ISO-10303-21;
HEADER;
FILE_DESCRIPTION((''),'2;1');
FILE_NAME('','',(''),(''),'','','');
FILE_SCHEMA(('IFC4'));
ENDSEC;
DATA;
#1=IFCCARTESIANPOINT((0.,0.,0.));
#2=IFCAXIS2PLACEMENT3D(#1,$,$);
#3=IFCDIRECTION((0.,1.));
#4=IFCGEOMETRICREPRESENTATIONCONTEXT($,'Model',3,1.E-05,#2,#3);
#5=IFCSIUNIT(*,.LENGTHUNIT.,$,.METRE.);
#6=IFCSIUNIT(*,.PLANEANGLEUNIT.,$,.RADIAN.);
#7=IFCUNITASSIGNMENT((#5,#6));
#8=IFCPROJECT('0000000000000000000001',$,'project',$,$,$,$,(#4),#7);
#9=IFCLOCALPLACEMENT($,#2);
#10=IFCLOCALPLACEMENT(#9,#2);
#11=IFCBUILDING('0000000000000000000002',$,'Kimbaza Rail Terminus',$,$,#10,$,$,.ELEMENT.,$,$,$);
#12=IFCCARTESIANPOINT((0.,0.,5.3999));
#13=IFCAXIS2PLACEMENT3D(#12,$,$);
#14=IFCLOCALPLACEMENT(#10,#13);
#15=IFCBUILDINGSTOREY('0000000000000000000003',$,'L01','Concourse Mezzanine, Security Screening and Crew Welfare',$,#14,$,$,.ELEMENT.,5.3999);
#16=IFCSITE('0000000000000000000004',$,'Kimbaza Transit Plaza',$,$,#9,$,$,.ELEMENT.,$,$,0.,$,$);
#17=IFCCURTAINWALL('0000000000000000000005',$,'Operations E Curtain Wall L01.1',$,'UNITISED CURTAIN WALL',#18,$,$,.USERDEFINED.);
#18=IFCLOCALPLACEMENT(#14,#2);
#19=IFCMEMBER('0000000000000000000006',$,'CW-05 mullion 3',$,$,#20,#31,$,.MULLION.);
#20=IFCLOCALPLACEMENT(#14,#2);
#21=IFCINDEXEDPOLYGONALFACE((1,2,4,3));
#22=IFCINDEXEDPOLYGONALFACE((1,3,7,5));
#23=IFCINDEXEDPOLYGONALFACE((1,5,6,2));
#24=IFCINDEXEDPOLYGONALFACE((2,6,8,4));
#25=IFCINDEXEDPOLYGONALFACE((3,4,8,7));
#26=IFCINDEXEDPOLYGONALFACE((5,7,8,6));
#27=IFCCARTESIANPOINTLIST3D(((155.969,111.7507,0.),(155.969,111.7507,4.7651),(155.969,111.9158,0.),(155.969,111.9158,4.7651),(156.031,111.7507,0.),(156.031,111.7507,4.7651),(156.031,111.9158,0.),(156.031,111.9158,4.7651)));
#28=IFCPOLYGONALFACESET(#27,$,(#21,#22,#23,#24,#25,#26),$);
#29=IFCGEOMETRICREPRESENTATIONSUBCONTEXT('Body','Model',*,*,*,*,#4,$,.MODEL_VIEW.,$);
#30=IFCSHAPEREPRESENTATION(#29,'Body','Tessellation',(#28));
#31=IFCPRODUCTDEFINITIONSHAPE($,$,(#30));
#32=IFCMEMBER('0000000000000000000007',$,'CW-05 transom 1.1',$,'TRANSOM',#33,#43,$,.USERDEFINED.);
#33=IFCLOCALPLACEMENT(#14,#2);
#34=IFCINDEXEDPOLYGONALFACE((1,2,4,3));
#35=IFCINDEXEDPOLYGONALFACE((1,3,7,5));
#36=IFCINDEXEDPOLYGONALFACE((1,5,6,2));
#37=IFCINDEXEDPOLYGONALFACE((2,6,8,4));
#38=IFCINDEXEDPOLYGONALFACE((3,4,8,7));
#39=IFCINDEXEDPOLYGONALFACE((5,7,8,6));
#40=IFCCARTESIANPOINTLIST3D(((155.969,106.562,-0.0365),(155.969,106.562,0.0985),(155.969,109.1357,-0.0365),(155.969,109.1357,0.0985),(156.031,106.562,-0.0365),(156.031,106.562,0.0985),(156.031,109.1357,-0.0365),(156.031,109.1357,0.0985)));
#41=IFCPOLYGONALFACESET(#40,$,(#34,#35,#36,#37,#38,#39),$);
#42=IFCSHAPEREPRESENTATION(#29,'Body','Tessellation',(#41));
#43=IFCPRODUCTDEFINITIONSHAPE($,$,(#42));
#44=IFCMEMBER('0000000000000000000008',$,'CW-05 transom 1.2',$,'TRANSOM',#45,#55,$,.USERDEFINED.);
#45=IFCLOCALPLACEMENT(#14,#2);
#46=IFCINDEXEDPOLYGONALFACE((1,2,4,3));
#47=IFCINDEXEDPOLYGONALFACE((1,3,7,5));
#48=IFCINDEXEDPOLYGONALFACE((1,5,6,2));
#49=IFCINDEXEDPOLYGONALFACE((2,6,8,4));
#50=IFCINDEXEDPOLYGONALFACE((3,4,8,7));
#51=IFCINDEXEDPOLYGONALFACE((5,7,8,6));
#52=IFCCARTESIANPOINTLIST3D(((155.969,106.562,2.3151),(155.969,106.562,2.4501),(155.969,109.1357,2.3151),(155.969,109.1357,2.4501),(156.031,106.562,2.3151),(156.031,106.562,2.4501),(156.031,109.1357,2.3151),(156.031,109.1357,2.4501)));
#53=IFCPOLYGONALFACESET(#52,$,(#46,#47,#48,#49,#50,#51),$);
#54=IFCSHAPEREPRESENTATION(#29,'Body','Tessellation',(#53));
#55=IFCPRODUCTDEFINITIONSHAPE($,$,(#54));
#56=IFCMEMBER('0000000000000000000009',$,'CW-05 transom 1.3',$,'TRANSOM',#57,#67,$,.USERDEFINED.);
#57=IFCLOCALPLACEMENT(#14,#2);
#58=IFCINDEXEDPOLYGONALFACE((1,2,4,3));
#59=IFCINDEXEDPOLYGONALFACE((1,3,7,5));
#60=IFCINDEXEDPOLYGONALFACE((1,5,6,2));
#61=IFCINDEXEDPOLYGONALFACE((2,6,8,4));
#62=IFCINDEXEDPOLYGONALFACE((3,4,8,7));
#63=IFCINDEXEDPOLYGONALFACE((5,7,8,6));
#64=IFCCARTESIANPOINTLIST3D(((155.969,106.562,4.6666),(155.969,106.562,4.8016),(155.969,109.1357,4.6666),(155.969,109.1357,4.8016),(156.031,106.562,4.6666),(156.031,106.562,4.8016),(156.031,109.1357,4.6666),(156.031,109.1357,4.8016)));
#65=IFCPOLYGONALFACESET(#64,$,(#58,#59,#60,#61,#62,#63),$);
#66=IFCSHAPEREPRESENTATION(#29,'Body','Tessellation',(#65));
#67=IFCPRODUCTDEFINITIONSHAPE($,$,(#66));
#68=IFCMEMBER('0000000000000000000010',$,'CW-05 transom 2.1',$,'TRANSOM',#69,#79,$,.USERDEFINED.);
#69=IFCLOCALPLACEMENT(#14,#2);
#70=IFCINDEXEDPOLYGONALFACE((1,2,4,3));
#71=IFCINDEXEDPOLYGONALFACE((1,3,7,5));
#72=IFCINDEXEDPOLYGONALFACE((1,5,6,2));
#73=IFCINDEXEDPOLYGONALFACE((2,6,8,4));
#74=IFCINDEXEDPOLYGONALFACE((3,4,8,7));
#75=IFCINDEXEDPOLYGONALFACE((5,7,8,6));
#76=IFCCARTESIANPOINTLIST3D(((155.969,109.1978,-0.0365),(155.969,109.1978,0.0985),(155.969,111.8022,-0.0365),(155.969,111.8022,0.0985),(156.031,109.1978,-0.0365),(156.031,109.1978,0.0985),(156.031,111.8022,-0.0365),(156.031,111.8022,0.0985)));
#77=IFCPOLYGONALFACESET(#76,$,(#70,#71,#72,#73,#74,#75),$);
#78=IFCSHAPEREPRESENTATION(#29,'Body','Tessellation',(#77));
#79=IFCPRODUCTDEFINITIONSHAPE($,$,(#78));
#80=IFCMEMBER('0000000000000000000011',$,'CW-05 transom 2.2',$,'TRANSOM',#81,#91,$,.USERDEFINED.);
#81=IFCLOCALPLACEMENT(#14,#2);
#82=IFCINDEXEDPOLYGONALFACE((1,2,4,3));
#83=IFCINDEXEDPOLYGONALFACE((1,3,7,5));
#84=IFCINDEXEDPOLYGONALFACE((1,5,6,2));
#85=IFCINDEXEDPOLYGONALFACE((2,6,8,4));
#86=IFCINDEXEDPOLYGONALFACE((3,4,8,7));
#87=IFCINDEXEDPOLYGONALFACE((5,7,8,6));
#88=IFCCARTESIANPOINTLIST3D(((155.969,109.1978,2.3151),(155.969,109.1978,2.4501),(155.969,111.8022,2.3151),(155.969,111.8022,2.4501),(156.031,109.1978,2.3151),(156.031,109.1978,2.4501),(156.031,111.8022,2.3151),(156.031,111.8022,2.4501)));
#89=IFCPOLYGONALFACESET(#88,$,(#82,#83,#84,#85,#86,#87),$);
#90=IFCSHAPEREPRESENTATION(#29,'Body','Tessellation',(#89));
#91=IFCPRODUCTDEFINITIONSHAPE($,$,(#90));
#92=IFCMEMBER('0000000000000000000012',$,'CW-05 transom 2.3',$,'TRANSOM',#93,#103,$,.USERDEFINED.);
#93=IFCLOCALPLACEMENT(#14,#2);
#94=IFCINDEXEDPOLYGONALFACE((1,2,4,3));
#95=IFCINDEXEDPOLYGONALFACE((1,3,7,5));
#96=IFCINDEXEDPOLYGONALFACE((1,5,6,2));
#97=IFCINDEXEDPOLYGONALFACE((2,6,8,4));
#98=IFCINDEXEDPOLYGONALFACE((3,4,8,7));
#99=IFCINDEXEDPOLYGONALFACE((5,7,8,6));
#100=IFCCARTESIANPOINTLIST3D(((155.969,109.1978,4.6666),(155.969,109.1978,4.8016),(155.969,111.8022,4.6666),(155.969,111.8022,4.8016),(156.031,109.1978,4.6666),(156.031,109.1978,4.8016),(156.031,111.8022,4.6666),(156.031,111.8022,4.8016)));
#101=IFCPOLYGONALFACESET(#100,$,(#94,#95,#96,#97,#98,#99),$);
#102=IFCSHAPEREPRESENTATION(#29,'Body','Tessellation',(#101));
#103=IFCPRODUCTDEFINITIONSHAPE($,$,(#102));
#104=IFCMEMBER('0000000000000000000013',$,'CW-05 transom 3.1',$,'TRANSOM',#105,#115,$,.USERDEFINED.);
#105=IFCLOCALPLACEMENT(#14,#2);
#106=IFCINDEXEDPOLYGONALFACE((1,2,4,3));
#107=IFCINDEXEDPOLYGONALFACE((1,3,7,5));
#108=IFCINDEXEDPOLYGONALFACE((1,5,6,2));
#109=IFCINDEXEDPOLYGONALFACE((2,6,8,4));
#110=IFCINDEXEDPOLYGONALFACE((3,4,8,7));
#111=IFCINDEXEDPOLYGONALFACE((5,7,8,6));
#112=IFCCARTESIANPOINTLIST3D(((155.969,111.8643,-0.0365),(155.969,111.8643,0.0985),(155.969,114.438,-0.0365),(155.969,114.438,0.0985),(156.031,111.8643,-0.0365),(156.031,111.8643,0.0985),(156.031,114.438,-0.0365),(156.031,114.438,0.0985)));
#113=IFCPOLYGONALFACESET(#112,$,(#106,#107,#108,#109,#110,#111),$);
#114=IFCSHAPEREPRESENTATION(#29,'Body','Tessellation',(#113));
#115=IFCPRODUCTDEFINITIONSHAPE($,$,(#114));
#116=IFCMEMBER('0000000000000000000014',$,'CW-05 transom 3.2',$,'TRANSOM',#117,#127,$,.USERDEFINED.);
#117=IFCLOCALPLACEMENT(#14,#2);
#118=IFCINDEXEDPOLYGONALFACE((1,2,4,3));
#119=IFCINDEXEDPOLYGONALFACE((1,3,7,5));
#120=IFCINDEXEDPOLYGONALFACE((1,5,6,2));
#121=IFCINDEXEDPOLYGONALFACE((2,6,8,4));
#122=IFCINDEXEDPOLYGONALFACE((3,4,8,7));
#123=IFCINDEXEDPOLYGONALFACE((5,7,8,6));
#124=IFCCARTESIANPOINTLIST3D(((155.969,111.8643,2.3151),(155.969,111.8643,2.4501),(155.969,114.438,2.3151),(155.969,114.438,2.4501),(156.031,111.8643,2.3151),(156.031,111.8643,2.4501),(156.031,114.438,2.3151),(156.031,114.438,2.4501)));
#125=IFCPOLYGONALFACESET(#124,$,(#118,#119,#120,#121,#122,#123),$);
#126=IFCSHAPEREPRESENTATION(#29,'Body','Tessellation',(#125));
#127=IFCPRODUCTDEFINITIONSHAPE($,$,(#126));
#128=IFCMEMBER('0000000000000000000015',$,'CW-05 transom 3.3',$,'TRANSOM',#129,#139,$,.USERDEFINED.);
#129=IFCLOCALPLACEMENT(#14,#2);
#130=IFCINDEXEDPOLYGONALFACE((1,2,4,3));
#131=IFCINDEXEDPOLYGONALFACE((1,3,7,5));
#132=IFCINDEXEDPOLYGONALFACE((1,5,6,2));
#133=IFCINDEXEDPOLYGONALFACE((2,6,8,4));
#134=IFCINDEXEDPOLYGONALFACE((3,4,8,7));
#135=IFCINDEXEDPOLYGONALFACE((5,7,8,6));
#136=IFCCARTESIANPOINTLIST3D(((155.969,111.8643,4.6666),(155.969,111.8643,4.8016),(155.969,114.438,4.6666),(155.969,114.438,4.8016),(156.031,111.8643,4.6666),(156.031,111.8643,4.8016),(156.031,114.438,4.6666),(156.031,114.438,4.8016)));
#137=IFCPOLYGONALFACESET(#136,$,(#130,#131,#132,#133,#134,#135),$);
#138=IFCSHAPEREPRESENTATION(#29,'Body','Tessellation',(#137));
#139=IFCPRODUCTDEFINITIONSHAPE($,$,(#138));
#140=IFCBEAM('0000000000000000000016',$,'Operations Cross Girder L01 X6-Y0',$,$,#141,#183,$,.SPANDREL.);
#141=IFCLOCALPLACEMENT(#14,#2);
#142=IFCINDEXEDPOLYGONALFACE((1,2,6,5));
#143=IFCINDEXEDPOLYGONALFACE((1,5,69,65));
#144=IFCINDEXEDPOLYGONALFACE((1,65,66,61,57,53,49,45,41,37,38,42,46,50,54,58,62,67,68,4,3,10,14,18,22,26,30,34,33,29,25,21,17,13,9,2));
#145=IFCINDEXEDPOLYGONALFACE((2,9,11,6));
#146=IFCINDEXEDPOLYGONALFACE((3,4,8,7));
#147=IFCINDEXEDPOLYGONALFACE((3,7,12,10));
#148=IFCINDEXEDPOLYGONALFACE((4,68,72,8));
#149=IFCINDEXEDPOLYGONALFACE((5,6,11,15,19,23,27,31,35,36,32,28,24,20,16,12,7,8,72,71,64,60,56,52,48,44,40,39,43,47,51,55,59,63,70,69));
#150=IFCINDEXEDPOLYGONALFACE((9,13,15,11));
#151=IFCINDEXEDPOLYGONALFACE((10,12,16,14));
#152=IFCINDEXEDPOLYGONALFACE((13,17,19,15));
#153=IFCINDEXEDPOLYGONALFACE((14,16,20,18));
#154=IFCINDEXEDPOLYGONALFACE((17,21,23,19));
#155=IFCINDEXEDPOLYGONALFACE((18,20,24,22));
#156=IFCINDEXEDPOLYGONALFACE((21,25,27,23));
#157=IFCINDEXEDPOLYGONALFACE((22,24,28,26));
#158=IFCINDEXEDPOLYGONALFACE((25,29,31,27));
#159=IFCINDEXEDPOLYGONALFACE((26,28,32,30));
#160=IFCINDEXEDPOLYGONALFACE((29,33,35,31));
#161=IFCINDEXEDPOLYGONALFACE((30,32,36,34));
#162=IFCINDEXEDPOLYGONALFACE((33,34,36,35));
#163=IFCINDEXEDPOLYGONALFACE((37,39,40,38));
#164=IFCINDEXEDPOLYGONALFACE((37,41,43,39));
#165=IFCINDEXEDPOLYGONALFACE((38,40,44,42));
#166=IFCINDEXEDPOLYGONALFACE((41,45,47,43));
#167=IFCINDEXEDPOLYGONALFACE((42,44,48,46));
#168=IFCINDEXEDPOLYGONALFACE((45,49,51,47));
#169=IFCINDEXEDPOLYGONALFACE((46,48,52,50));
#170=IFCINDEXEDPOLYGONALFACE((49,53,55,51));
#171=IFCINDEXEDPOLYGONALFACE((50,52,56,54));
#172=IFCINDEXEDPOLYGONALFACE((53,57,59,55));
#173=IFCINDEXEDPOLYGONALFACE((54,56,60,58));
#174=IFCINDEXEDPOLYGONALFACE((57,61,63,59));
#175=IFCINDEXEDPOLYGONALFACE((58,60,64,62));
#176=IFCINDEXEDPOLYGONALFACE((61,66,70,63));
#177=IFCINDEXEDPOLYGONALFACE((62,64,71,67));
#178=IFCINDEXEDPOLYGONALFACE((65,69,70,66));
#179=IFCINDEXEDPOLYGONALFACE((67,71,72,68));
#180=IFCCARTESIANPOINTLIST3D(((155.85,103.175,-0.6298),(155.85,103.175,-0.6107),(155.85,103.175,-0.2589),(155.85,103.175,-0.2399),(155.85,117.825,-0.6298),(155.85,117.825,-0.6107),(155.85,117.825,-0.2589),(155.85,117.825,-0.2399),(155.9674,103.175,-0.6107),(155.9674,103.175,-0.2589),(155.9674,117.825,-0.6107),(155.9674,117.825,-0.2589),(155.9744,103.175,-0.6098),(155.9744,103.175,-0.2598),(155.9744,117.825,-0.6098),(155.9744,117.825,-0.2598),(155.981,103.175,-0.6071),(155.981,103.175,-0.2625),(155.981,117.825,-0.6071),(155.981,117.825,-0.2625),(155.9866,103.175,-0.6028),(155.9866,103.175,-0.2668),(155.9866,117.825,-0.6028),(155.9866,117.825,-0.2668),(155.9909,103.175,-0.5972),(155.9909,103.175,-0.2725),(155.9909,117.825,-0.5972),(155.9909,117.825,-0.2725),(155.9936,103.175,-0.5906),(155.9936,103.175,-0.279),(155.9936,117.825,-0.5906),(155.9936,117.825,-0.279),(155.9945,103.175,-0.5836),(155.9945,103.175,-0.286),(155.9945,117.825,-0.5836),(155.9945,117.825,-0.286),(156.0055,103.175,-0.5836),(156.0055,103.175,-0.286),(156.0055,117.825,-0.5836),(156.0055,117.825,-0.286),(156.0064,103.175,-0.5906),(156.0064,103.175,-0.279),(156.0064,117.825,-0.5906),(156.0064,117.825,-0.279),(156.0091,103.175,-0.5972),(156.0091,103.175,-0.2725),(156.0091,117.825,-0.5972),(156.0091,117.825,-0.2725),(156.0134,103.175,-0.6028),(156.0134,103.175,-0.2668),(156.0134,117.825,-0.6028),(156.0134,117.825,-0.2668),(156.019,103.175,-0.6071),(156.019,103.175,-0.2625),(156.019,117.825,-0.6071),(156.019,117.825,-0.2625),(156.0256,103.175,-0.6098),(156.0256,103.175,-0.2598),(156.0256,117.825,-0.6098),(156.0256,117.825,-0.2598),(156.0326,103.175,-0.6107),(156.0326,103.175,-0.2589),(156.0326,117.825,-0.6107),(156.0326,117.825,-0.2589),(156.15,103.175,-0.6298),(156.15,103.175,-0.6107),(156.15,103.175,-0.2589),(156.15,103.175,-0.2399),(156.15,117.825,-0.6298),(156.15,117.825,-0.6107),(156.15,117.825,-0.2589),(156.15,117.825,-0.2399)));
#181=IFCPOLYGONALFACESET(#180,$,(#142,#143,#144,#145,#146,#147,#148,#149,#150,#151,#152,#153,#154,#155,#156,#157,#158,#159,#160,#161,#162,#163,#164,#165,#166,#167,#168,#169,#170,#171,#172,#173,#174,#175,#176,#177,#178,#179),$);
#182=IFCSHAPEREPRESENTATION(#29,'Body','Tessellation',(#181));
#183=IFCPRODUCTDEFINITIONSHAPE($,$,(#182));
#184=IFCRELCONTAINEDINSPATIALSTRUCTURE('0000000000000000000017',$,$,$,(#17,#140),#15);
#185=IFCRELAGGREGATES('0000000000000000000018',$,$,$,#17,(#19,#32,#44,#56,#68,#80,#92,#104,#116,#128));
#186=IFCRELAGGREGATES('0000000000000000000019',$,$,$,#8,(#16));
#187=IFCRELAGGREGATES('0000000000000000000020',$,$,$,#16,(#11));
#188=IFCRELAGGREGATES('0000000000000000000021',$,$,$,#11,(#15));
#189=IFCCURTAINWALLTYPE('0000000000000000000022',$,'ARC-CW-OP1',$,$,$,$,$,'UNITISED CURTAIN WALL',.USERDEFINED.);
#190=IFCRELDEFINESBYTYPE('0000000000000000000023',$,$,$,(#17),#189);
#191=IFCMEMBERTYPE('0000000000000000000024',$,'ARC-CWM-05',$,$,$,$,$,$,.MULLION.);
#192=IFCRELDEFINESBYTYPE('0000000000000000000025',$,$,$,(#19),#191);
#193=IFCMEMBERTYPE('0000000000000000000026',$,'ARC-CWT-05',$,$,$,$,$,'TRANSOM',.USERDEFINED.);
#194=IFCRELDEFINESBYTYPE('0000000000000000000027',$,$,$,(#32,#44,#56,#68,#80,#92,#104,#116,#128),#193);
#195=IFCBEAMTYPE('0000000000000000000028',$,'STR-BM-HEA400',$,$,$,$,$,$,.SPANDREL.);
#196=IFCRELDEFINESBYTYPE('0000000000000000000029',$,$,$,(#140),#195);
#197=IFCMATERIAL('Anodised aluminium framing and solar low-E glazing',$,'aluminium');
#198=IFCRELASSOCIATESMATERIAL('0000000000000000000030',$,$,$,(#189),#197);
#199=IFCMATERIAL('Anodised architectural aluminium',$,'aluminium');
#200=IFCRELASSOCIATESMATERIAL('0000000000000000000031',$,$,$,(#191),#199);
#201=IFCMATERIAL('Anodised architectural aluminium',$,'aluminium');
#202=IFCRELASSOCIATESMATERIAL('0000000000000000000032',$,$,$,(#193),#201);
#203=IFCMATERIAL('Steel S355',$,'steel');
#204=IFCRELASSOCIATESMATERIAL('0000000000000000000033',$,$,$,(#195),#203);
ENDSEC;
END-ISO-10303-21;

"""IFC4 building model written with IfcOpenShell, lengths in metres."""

from ifc_helpers import new_model, si_unit, direction, frame, origin, origin_2d, place, context, subcontext, project, spatial, rectangle, i_section, extrude, material, material_profile, profile_set, type_object, element, aggregate, save


model = new_model("IFC4")

# Units and contexts
model_context = context("Model", 3, precision=1e-05, world=origin(), true_north=direction((0.0, 1.0)))
body_context = subcontext(model_context, "Body", "Model", "MODEL_VIEW")
ifc_project = project(units=[si_unit("LENGTHUNIT", "METRE"), si_unit("PLANEANGLEUNIT", "RADIAN")], contexts=[model_context])

# Site, building, storey
site_placement = place(None, origin())
site = spatial("IfcSite", under=ifc_project, at=site_placement, Name="Kimbaza Transit Plaza", CompositionType="ELEMENT", RefElevation=0.0)
building_placement = place(site_placement, origin())
building = spatial("IfcBuilding", under=site, at=building_placement, Name="Kimbaza Rail Terminus", CompositionType="ELEMENT")
storey_placement = place(building_placement, frame((0.0, 0.0, 5.3999)))
storey = spatial("IfcBuildingStorey", under=building, at=storey_placement, Name="L01", Description="Concourse Mezzanine, Security Screening and Crew Welfare", CompositionType="ELEMENT", Elevation=5.3999)

# Curtain wall, members
ifc_material_1 = material(Name="Anodised aluminium framing and solar low-E glazing", Category="aluminium")
curtain_wall_type_1 = type_object("IfcCurtainWallType", Name="ARC-CW-OP1", ElementType="UNITISED CURTAIN WALL", PredefinedType="USERDEFINED", material=ifc_material_1)
curtain_wall_1_placement = place(storey_placement, origin())
curtain_wall_1 = element("IfcCurtainWall", 1, at=curtain_wall_1_placement, inside=storey, type_object=curtain_wall_type_1, Name="Operations E Curtain Wall L01.1", ObjectType="UNITISED CURTAIN WALL", PredefinedType="USERDEFINED")
ifc_material_2 = material(Name="Anodised architectural aluminium", Category="aluminium")
ifc_material_profile_1 = material_profile(ifc_material_2, rectangle(XDim=0.062, YDim=0.165, at=origin_2d()), Name="MULLION 62x165")
ifc_profile_set_1 = profile_set([ifc_material_profile_1], Name="Anodised architectural aluminium")
member_type_1 = type_object("IfcMemberType", Name="ARC-CWM-05", PredefinedType="MULLION", material=ifc_profile_set_1)
member_1_placement = place(storey_placement, frame((156.0, 111.8333, 0.0), z_axis=(0.0, 0.0, 1.0), x_axis=(-1.0, 0.0, 0.0)))
member_1 = element("IfcMember", 2, at=member_1_placement, type_object=member_type_1, Name="CW-05 mullion 3", PredefinedType="MULLION", context=body_context, shape_type="SweptSolid", body=[
    extrude(rectangle(XDim=0.062, YDim=0.165, at=origin_2d()), origin(), (0.0, 0.0, 1.0), 4.7651),
])
ifc_material_3 = material(Name="Anodised architectural aluminium", Category="aluminium")
ifc_material_profile_2 = material_profile(ifc_material_3, rectangle(XDim=0.062, YDim=0.135, at=origin_2d()), Name="TRANSOM 62x135")
ifc_profile_set_2 = profile_set([ifc_material_profile_2], Name="Anodised architectural aluminium")
member_type_2 = type_object("IfcMemberType", Name="ARC-CWT-05", ElementType="TRANSOM", PredefinedType="USERDEFINED", material=ifc_profile_set_2)
member_2_placement = place(storey_placement, frame((156.0, 106.562, 0.031), z_axis=(0.0, 1.0, 0.0), x_axis=(-1.0, 0.0, 0.0)))
member_2 = element("IfcMember", 3, at=member_2_placement, type_object=member_type_2, Name="CW-05 transom 1.1", ObjectType="TRANSOM", PredefinedType="USERDEFINED", context=body_context, shape_type="SweptSolid", body=[
    extrude(rectangle(XDim=0.062, YDim=0.135, at=origin_2d()), origin(), (0.0, 0.0, 1.0), 2.5737),
])
member_3_placement = place(storey_placement, frame((156.0, 106.562, 2.3826), z_axis=(0.0, 1.0, 0.0), x_axis=(-1.0, 0.0, 0.0)))
member_3 = element("IfcMember", 4, at=member_3_placement, type_object=member_type_2, Name="CW-05 transom 1.2", ObjectType="TRANSOM", PredefinedType="USERDEFINED", context=body_context, shape_type="SweptSolid", body=[
    extrude(rectangle(XDim=0.062, YDim=0.135, at=origin_2d()), origin(), (0.0, 0.0, 1.0), 2.5737),
])
member_4_placement = place(storey_placement, frame((156.0, 106.562, 4.7341), z_axis=(0.0, 1.0, 0.0), x_axis=(-1.0, 0.0, 0.0)))
member_4 = element("IfcMember", 5, at=member_4_placement, type_object=member_type_2, Name="CW-05 transom 1.3", ObjectType="TRANSOM", PredefinedType="USERDEFINED", context=body_context, shape_type="SweptSolid", body=[
    extrude(rectangle(XDim=0.062, YDim=0.135, at=origin_2d()), origin(), (0.0, 0.0, 1.0), 2.5737),
])
member_5_placement = place(storey_placement, frame((156.0, 109.1978, 0.031), z_axis=(0.0, 1.0, 0.0), x_axis=(-1.0, 0.0, 0.0)))
member_5 = element("IfcMember", 6, at=member_5_placement, type_object=member_type_2, Name="CW-05 transom 2.1", ObjectType="TRANSOM", PredefinedType="USERDEFINED", context=body_context, shape_type="SweptSolid", body=[
    extrude(rectangle(XDim=0.062, YDim=0.135, at=origin_2d()), origin(), (0.0, 0.0, 1.0), 2.6045),
])
member_6_placement = place(storey_placement, frame((156.0, 109.1978, 2.3826), z_axis=(0.0, 1.0, 0.0), x_axis=(-1.0, 0.0, 0.0)))
member_6 = element("IfcMember", 7, at=member_6_placement, type_object=member_type_2, Name="CW-05 transom 2.2", ObjectType="TRANSOM", PredefinedType="USERDEFINED", context=body_context, shape_type="SweptSolid", body=[
    extrude(rectangle(XDim=0.062, YDim=0.135, at=origin_2d()), origin(), (0.0, 0.0, 1.0), 2.6045),
])
member_7_placement = place(storey_placement, frame((156.0, 109.1978, 4.7341), z_axis=(0.0, 1.0, 0.0), x_axis=(-1.0, 0.0, 0.0)))
member_7 = element("IfcMember", 8, at=member_7_placement, type_object=member_type_2, Name="CW-05 transom 2.3", ObjectType="TRANSOM", PredefinedType="USERDEFINED", context=body_context, shape_type="SweptSolid", body=[
    extrude(rectangle(XDim=0.062, YDim=0.135, at=origin_2d()), origin(), (0.0, 0.0, 1.0), 2.6045),
])
member_8_placement = place(storey_placement, frame((156.0, 111.8643, 0.031), z_axis=(0.0, 1.0, 0.0), x_axis=(-1.0, 0.0, 0.0)))
member_8 = element("IfcMember", 9, at=member_8_placement, type_object=member_type_2, Name="CW-05 transom 3.1", ObjectType="TRANSOM", PredefinedType="USERDEFINED", context=body_context, shape_type="SweptSolid", body=[
    extrude(rectangle(XDim=0.062, YDim=0.135, at=origin_2d()), origin(), (0.0, 0.0, 1.0), 2.5737),
])
member_9_placement = place(storey_placement, frame((156.0, 111.8643, 2.3826), z_axis=(0.0, 1.0, 0.0), x_axis=(-1.0, 0.0, 0.0)))
member_9 = element("IfcMember", 10, at=member_9_placement, type_object=member_type_2, Name="CW-05 transom 3.2", ObjectType="TRANSOM", PredefinedType="USERDEFINED", context=body_context, shape_type="SweptSolid", body=[
    extrude(rectangle(XDim=0.062, YDim=0.135, at=origin_2d()), origin(), (0.0, 0.0, 1.0), 2.5737),
])
member_10_placement = place(storey_placement, frame((156.0, 111.8643, 4.7341), z_axis=(0.0, 1.0, 0.0), x_axis=(-1.0, 0.0, 0.0)))
member_10 = element("IfcMember", 11, at=member_10_placement, type_object=member_type_2, Name="CW-05 transom 3.3", ObjectType="TRANSOM", PredefinedType="USERDEFINED", context=body_context, shape_type="SweptSolid", body=[
    extrude(rectangle(XDim=0.062, YDim=0.135, at=origin_2d()), origin(), (0.0, 0.0, 1.0), 2.5737),
])

# Beam
ifc_material_4 = material(Name="Steel S355", Category="steel")
ifc_material_profile_3 = material_profile(ifc_material_4, i_section(OverallWidth=0.3, OverallDepth=0.3899, WebThickness=0.011, FlangeThickness=0.019, FilletRadius=0.0271, at=origin_2d()), Name="HEA 400")
ifc_profile_set_3 = profile_set([ifc_material_profile_3], Name="Steel S355")
beam_type_1 = type_object("IfcBeamType", Name="STR-BM-HEA400", PredefinedType="SPANDREL", material=ifc_profile_set_3)
beam_1_placement = place(storey_placement, frame((156.0, 103.175, -0.4348), z_axis=(0.0, 1.0, 0.0), x_axis=(-1.0, 0.0, 0.0)))
element("IfcBeam", 12, at=beam_1_placement, inside=storey, type_object=beam_type_1, Name="Operations Cross Girder L01 X6-Y0", PredefinedType="SPANDREL", context=body_context, shape_type="SweptSolid", body=[
    extrude(i_section(OverallWidth=0.3, OverallDepth=0.3899, WebThickness=0.011, FlangeThickness=0.019, FilletRadius=0.0271, at=origin_2d()), origin(), (0.0, 0.0, 1.0), 14.6499),
])

aggregate(curtain_wall_1, [member_1, member_2, member_3, member_4, member_5, member_6, member_7, member_8, member_9, member_10])

save(model, "model.ifc")
